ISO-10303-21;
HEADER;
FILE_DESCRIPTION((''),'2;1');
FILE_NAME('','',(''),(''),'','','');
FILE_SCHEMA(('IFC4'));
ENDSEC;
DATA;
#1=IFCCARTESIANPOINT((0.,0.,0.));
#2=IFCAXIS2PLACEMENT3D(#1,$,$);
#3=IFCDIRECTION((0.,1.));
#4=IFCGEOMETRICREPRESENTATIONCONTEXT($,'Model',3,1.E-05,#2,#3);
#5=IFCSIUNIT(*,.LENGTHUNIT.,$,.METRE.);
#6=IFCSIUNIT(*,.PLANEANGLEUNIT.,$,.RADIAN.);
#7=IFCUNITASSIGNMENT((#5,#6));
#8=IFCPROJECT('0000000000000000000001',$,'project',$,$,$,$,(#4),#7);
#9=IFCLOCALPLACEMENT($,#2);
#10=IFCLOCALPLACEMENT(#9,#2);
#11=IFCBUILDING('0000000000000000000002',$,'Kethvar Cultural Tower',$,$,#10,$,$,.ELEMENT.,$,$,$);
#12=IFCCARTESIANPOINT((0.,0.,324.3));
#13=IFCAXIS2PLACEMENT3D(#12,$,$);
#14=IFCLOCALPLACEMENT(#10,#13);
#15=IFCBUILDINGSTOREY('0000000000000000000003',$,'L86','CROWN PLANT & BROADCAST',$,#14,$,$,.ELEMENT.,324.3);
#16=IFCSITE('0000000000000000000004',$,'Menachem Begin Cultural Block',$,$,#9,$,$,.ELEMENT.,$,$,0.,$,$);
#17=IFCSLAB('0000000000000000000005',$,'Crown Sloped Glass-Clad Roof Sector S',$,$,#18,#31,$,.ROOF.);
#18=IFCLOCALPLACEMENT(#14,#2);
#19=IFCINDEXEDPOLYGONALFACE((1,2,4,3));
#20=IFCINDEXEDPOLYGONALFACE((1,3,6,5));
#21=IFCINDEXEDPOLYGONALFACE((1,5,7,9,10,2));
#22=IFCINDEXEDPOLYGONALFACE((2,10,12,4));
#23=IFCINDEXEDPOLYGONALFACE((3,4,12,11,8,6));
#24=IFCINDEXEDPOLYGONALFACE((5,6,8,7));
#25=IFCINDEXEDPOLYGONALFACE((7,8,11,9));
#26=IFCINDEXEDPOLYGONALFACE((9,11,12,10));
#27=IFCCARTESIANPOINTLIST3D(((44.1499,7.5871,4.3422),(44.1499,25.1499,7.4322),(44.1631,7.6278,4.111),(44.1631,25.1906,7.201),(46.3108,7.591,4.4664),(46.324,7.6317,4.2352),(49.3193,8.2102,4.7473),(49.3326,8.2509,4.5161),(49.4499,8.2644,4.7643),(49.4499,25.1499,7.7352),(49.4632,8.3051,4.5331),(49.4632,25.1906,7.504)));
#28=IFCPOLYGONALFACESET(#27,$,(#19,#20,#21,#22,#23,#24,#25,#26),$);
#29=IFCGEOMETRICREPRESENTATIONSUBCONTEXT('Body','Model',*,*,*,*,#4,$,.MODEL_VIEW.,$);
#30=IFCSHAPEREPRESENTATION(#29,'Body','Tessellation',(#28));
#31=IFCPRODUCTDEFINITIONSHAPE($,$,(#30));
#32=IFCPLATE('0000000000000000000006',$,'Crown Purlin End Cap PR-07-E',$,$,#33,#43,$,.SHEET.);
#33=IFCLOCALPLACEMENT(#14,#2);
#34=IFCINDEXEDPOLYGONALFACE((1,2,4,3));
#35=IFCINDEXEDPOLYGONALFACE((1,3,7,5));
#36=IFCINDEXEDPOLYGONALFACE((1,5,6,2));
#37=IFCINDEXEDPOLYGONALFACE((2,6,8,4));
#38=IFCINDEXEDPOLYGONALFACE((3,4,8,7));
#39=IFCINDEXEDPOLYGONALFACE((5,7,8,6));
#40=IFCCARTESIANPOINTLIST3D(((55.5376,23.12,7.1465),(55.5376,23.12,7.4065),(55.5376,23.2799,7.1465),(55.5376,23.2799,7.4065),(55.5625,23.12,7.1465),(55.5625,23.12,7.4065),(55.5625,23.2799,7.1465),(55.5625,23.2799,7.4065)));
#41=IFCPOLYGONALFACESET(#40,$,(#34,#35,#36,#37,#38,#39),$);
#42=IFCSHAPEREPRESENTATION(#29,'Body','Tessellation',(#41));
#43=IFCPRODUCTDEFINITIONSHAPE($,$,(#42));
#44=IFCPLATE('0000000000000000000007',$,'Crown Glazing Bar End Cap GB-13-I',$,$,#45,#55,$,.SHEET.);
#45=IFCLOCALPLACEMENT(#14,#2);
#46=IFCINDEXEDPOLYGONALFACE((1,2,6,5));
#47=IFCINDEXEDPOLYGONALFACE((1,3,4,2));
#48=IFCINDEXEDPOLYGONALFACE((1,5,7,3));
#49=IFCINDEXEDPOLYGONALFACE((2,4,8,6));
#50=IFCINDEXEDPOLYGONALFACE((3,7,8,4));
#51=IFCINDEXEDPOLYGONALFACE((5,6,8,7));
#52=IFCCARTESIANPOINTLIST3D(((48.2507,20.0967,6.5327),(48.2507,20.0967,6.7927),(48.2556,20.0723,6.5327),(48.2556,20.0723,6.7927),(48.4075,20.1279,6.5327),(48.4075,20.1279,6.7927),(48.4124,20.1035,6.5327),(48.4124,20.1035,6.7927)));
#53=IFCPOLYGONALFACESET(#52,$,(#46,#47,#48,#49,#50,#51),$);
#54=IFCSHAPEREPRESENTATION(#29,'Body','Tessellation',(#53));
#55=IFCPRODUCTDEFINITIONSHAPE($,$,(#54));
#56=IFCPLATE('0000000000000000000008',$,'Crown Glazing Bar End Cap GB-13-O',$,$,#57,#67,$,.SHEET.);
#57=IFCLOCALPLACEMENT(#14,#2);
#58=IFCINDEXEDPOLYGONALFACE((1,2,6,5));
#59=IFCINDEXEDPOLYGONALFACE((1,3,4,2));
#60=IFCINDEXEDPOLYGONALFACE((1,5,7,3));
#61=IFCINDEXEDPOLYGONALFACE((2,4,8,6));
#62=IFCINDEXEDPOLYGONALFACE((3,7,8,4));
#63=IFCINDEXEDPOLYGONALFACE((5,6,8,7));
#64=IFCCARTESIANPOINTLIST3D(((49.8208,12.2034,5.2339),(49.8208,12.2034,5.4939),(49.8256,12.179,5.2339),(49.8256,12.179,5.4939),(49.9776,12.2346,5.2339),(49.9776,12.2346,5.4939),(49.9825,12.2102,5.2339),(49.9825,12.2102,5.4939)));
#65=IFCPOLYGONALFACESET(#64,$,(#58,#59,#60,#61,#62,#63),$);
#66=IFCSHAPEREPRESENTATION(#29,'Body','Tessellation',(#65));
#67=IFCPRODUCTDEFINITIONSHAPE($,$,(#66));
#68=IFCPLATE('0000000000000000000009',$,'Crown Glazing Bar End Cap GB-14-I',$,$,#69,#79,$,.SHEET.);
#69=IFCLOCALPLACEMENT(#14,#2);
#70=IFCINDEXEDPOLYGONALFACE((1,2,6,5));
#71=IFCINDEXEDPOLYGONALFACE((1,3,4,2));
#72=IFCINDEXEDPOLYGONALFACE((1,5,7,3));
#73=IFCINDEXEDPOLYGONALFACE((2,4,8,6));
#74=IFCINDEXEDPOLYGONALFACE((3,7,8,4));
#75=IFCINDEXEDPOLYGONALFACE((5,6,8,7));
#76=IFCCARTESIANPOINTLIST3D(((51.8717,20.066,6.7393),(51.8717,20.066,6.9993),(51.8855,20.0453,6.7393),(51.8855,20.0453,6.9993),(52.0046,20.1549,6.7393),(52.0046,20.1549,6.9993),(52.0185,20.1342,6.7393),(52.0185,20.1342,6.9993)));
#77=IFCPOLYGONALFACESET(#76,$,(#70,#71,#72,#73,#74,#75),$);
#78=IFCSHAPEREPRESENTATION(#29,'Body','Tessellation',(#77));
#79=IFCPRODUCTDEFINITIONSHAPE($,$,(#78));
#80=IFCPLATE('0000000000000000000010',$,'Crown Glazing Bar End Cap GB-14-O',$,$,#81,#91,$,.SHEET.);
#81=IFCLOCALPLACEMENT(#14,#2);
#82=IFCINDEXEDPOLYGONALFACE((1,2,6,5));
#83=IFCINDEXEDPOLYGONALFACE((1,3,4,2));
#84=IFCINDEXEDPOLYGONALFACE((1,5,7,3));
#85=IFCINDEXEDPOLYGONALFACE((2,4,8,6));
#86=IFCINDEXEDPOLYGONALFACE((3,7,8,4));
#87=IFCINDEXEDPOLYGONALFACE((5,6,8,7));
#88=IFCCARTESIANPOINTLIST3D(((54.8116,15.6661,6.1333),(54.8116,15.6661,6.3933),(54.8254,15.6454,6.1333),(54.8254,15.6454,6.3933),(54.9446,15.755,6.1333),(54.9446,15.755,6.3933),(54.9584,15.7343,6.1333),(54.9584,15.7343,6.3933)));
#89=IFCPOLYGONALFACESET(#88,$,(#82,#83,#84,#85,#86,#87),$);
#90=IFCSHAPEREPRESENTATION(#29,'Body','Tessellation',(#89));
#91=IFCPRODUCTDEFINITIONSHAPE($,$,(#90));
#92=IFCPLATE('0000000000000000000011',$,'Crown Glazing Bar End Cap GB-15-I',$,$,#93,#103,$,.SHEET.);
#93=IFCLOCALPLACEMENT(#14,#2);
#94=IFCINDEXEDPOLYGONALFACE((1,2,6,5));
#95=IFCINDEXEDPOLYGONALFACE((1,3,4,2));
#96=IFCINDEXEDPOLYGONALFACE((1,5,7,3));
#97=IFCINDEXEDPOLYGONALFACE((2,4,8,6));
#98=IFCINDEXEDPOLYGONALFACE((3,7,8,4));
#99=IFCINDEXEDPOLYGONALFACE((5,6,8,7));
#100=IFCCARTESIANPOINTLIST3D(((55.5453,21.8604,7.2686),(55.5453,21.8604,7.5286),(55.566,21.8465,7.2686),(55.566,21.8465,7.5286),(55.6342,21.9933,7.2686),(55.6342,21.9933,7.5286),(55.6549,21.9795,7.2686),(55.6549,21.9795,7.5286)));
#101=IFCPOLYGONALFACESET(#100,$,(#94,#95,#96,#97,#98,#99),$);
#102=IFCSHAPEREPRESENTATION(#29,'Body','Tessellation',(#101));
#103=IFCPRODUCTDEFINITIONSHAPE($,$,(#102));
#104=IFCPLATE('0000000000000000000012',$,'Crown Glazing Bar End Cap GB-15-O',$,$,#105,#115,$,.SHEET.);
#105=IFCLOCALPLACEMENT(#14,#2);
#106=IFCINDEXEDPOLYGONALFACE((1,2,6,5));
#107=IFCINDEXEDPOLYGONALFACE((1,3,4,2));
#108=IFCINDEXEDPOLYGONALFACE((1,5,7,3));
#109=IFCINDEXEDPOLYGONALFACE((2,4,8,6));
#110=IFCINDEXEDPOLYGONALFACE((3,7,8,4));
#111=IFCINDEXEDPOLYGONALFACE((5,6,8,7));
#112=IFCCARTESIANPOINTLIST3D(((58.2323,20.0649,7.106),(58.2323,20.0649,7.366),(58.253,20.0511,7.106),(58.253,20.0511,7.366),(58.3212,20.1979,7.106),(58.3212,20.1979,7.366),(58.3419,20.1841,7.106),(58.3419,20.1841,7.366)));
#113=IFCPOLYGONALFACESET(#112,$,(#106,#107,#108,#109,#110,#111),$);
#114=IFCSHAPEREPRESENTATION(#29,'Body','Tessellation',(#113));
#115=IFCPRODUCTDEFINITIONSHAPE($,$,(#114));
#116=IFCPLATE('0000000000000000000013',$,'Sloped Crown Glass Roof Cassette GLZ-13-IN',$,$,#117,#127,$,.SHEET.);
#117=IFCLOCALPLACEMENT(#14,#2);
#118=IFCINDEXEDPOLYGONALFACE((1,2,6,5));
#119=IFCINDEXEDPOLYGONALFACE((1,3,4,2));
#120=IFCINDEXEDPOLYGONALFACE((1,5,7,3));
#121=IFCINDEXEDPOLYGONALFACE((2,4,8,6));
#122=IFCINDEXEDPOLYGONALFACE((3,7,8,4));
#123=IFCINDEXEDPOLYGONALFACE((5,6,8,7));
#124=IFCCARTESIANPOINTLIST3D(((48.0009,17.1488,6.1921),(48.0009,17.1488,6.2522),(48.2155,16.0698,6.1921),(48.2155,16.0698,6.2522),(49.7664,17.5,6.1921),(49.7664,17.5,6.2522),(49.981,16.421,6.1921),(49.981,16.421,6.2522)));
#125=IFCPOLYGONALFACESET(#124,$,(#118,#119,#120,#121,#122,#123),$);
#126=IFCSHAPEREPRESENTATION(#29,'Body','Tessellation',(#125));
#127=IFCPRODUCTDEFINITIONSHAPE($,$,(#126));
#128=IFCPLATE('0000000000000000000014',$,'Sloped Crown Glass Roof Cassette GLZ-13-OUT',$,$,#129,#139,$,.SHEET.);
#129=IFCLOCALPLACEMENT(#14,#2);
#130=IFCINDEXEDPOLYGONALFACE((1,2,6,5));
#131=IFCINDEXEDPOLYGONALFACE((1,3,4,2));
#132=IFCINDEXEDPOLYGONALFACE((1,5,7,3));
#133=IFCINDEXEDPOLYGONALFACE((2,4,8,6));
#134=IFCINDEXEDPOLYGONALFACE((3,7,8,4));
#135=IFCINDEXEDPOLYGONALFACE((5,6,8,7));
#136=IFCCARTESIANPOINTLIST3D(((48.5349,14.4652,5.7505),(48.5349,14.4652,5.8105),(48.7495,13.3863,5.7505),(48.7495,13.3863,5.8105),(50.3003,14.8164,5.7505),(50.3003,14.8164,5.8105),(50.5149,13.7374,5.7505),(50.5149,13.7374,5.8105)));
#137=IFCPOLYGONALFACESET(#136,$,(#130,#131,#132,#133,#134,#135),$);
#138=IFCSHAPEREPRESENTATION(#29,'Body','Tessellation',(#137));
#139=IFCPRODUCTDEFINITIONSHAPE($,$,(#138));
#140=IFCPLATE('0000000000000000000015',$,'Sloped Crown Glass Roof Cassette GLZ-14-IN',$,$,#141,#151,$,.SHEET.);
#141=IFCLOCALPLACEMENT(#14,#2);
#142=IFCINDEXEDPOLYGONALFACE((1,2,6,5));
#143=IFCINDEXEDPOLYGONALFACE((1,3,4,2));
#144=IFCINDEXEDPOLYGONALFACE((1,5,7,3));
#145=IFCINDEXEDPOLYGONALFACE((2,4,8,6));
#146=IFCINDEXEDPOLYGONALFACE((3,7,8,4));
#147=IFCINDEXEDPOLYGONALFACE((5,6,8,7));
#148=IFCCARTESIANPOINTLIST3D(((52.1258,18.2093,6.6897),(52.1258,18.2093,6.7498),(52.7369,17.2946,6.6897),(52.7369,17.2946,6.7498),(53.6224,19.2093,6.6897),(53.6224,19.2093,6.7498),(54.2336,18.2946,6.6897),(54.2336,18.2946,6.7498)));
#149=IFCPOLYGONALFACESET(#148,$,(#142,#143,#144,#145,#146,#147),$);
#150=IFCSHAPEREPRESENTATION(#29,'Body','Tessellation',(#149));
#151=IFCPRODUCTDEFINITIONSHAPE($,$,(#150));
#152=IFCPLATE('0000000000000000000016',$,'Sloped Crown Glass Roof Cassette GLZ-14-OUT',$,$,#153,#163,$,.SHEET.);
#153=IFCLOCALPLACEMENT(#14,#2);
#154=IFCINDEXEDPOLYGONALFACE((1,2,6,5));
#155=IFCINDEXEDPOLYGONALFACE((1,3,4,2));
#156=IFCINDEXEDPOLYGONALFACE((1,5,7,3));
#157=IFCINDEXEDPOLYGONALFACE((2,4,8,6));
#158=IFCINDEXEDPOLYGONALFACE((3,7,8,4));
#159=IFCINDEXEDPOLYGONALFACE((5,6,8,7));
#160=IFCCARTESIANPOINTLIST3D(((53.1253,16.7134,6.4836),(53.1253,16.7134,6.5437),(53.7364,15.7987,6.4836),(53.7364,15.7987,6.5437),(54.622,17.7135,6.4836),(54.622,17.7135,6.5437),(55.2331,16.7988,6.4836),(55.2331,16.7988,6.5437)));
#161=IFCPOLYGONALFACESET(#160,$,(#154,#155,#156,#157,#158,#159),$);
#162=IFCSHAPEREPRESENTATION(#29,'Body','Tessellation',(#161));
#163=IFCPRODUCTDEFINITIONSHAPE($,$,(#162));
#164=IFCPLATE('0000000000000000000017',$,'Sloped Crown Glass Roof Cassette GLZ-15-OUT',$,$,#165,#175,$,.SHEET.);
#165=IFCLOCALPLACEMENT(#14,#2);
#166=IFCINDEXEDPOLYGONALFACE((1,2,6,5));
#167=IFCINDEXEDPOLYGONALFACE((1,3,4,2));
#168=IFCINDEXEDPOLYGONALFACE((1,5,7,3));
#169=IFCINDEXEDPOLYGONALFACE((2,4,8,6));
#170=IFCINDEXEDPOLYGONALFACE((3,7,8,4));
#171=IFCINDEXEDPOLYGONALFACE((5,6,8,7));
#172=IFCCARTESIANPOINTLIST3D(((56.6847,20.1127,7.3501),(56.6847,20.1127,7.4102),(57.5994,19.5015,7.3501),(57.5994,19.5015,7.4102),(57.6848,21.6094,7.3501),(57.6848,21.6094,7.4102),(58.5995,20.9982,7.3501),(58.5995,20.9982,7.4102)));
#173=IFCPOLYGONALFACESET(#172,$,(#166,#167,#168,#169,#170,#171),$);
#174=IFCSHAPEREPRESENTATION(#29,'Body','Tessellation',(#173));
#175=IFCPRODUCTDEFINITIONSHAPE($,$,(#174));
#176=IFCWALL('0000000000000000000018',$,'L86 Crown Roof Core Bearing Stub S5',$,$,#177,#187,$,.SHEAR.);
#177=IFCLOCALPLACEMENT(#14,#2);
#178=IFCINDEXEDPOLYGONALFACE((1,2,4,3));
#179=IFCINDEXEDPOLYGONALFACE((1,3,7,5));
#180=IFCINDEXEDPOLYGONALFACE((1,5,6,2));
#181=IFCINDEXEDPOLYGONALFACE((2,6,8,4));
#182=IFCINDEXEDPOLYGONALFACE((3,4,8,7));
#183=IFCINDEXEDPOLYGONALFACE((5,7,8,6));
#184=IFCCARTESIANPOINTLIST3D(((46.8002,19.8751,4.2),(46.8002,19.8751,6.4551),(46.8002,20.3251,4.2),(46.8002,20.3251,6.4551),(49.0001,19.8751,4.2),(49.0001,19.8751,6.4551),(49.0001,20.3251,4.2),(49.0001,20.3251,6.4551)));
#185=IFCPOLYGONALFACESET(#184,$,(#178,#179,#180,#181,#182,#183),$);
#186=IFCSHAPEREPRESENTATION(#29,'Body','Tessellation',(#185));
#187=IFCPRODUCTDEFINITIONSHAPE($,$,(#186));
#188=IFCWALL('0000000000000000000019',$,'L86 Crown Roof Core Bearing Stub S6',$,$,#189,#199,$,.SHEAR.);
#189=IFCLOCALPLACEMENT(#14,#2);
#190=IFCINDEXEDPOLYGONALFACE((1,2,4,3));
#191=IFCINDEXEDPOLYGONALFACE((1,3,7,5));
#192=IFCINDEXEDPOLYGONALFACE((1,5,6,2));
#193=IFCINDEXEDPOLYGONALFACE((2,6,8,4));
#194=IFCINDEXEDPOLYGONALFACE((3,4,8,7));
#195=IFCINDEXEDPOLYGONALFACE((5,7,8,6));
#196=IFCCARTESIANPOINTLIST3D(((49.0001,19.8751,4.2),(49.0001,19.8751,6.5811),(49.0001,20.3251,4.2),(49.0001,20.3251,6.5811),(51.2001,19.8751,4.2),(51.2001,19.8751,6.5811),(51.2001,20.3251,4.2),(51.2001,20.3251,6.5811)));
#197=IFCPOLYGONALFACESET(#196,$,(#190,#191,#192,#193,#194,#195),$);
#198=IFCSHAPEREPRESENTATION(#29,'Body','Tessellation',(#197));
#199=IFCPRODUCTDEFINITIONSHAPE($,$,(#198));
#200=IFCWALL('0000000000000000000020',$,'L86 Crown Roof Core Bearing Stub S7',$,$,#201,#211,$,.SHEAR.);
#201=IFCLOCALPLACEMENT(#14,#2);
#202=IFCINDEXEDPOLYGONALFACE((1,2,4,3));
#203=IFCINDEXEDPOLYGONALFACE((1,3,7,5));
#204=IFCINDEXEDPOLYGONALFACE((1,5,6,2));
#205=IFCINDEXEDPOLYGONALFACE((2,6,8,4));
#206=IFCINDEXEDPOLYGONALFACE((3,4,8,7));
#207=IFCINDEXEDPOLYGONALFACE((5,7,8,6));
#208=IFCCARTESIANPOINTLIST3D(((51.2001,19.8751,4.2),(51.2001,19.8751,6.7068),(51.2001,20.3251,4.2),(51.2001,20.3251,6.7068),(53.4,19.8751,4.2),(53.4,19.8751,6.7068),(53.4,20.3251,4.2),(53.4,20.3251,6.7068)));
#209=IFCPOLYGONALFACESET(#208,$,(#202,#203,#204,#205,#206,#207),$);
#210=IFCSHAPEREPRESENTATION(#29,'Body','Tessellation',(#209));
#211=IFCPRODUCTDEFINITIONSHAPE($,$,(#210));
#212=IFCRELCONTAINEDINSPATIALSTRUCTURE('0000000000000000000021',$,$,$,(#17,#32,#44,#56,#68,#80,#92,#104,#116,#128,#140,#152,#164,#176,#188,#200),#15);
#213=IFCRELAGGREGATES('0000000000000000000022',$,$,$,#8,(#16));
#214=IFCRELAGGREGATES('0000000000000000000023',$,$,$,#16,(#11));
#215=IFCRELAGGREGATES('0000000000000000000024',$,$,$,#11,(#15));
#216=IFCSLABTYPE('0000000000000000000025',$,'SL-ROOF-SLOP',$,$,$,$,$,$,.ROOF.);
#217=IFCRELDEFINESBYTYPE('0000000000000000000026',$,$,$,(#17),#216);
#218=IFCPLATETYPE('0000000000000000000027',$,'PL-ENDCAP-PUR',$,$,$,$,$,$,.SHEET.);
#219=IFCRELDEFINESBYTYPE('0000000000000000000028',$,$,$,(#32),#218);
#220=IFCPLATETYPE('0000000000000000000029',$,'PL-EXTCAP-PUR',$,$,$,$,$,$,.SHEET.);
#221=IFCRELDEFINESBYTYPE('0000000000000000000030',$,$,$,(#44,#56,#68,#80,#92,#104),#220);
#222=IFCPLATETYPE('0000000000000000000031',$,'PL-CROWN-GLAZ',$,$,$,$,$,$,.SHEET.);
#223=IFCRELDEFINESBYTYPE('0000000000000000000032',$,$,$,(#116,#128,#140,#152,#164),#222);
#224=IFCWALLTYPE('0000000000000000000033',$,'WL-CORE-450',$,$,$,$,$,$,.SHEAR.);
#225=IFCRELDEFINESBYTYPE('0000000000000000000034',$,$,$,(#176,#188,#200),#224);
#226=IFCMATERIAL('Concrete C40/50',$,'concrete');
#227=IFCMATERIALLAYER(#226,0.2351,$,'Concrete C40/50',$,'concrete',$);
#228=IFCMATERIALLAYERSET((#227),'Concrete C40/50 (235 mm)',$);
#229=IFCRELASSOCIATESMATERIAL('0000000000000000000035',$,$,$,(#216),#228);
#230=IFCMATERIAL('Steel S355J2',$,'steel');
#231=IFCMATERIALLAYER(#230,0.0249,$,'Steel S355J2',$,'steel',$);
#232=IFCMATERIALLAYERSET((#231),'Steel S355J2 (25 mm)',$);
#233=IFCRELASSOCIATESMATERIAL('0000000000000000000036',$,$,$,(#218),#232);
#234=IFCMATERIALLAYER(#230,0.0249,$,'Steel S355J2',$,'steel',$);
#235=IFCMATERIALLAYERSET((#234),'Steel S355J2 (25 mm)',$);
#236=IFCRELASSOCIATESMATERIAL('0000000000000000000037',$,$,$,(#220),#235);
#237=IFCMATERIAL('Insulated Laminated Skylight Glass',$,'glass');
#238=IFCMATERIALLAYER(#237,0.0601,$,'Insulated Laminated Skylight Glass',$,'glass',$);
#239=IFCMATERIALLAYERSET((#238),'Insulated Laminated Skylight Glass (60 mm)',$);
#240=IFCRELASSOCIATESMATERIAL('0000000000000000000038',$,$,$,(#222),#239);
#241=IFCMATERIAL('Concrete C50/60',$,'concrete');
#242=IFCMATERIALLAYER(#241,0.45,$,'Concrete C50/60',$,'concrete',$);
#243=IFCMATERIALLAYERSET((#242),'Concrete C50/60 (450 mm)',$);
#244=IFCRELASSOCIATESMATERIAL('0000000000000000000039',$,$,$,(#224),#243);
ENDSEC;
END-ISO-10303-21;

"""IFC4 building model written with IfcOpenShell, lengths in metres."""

from ifc_helpers import new_model, si_unit, direction, frame, frame_2d, origin, origin_2d, place, context, subcontext, project, spatial, polyline, rectangle, outline, extrude, source, transform, mapped, material, layer, layer_set, type_object, element, save


model = new_model("IFC4")

# Units and contexts
model_context = context("Model", 3, precision=1e-05, world=origin(), true_north=direction((0.0, 1.0)))
body_context = subcontext(model_context, "Body", "Model", "MODEL_VIEW")
ifc_project = project(units=[si_unit("LENGTHUNIT", "METRE"), si_unit("PLANEANGLEUNIT", "RADIAN")], contexts=[model_context])

# Site, building, storey
site_placement = place(None, origin())
site = spatial("IfcSite", under=ifc_project, at=site_placement, Name="Menachem Begin Cultural Block", CompositionType="ELEMENT", RefElevation=0.0)
building_placement = place(site_placement, origin())
building = spatial("IfcBuilding", under=site, at=building_placement, Name="Kethvar Cultural Tower", CompositionType="ELEMENT")
storey_placement = place(building_placement, frame((0.0, 0.0, 324.3)))
storey = spatial("IfcBuildingStorey", under=building, at=storey_placement, Name="L86", Description="CROWN PLANT & BROADCAST", CompositionType="ELEMENT", Elevation=324.3)

# Shared definitions
ifc_material_1 = material(Name="Steel S355J2", Category="steel")

# Slab
ifc_material_2 = material(Name="Concrete C40/50", Category="concrete")
ifc_layer_1 = layer(ifc_material_2, 0.2351, Name="Concrete C40/50", Category="concrete")
ifc_layer_set_1 = layer_set([ifc_layer_1], Name="Concrete C40/50 (235 mm)")
slab_type = type_object("IfcSlabType", Name="SL-ROOF-SLOP", PredefinedType="ROOF", material=ifc_layer_set_1)
slab_placement = place(storey_placement, frame((49.3193, 8.2102, 4.7473), z_axis=(-0.056211, -0.173006, 0.983315), x_axis=(-0.975402, -0.200737, -0.091076)))
element("IfcSlab", 1, at=slab_placement, inside=storey, type_object=slab_type, Name="Crown Sloped Glass-Clad Roof Sector S", PredefinedType="ROOF", context=body_context, shape_type="SweptSolid", body=[
    extrude(outline(polyline([(0.0, 0.0), (3.0844, 0.0), (5.2043, -0.4372), (1.3973, -17.8587), (-3.7999, -16.7767), (-0.1398, -0.0271), (0.0, 0.0)])), origin(), (0.0, 0.0, -1.0), 0.2351),
])

# Plates
ifc_layer_2 = layer(ifc_material_1, 0.0249, Name="Steel S355J2", Category="steel")
ifc_layer_set_2 = layer_set([ifc_layer_2], Name="Steel S355J2 (25 mm)")
plate_type_1 = type_object("IfcPlateType", Name="PL-ENDCAP-PUR", PredefinedType="SHEET", material=ifc_layer_set_2)
shared_shape_1 = source(origin(), body_context, "Body", "SweptSolid", [
    extrude(rectangle(XDim=0.0249, YDim=0.1599, at=origin_2d()), origin(), (0.0, 0.0, 1.0), 0.26),
])
plate_placement = place(storey_placement, frame((55.55, 23.2, 7.1465), z_axis=(0.0, 0.0, 1.0), x_axis=(1.0, 0.0, 0.0)))
element("IfcPlate", 2, at=plate_placement, inside=storey, type_object=plate_type_1, Name="Crown Purlin End Cap PR-07-E", PredefinedType="SHEET", context=body_context, shape_type="MappedRepresentation", body=[
    mapped(shared_shape_1, transform((0.0, 0.0, 0.0), scale=1.0)),
])
ifc_layer_3 = layer(ifc_material_1, 0.0249, Name="Steel S355J2", Category="steel")
ifc_layer_set_3 = layer_set([ifc_layer_3], Name="Steel S355J2 (25 mm)")
plate_type_2 = type_object("IfcPlateType", Name="PL-EXTCAP-PUR", PredefinedType="SHEET", material=ifc_layer_set_3)
shared_shape_2 = source(origin(), body_context, "Body", "SweptSolid", [
    extrude(rectangle(XDim=0.0249, YDim=0.1599, at=origin_2d()), origin(), (0.0, 0.0, 1.0), 0.26),
])
for number, where, z_axis, x_axis, name in (
    (3, (48.3315, 20.1001, 6.5327), (0.0, 0.0, 1.0), (0.19509, -0.980785, 0.0), "Crown Glazing Bar End Cap GB-13-I"),
    (4, (49.9016, 12.2068, 5.2339), (0.0, 0.0, 1.0), (0.19509, -0.980785, 0.0), "Crown Glazing Bar End Cap GB-13-O"),
    (5, (51.9451, 20.1001, 6.7393), (0.0, 0.0, 1.0), (0.55557, -0.83147, 0.0), "Crown Glazing Bar End Cap GB-14-I"),
    (6, (54.885, 15.7002, 6.1333), (0.0, 0.0, 1.0), (0.55557, -0.83147, 0.0), "Crown Glazing Bar End Cap GB-14-O"),
    (7, (55.6001, 21.9199, 7.2686), (0.0, 0.0, 1.0), (0.83147, -0.55557, 0.0), "Crown Glazing Bar End Cap GB-15-I"),
    (8, (58.2871, 20.1245, 7.106), (0.0, 0.0, 1.0), (0.83147, -0.55557, 0.0), "Crown Glazing Bar End Cap GB-15-O"),
):
    element("IfcPlate", number, at=place(storey_placement, frame(where, z_axis=z_axis, x_axis=x_axis)), inside=storey, type_object=plate_type_2, Name=name, PredefinedType="SHEET", context=body_context, shape_type="MappedRepresentation", body=[
        mapped(shared_shape_2, transform((0.0, 0.0, 0.0), scale=1.0)),
    ])
ifc_material_3 = material(Name="Insulated Laminated Skylight Glass", Category="glass")
ifc_layer_4 = layer(ifc_material_3, 0.0601, Name="Insulated Laminated Skylight Glass", Category="glass")
ifc_layer_set_4 = layer_set([ifc_layer_4], Name="Insulated Laminated Skylight Glass (60 mm)")
plate_type_3 = type_object("IfcPlateType", Name="PL-CROWN-GLAZ", PredefinedType="SHEET", material=ifc_layer_set_4)
shared_shape_3 = source(origin(), body_context, "Body", "SweptSolid", [
    extrude(rectangle(XDim=1.1001, YDim=1.8, at=origin_2d()), origin(), (0.0, 0.0, 1.0), 0.0601),
])
for number, where, z_axis, x_axis, name in (
    (9, (48.991, 16.7849, 6.1921), (0.0, 0.0, 1.0), (0.19509, -0.980785, 0.0), "Sloped Crown Glass Roof Cassette GLZ-13-IN"),
    (10, (49.5249, 14.1013, 5.7505), (0.0, 0.0, 1.0), (0.19509, -0.980785, 0.0), "Sloped Crown Glass Roof Cassette GLZ-13-OUT"),
    (11, (53.1797, 18.252, 6.6897), (0.0, 0.0, 1.0), (0.55557, -0.83147, 0.0), "Sloped Crown Glass Roof Cassette GLZ-14-IN"),
    (12, (54.1792, 16.7561, 6.4836), (0.0, 0.0, 1.0), (0.55557, -0.83147, 0.0), "Sloped Crown Glass Roof Cassette GLZ-14-OUT"),
    (13, (57.6421, 20.5554, 7.3501), (0.0, 0.0, 1.0), (0.83147, -0.55557, 0.0), "Sloped Crown Glass Roof Cassette GLZ-15-OUT"),
):
    element("IfcPlate", number, at=place(storey_placement, frame(where, z_axis=z_axis, x_axis=x_axis)), inside=storey, type_object=plate_type_3, Name=name, PredefinedType="SHEET", context=body_context, shape_type="MappedRepresentation", body=[
        mapped(shared_shape_3, transform((0.0, 0.0, 0.0), scale=1.0)),
    ])

# Walls
ifc_material_4 = material(Name="Concrete C50/60", Category="concrete")
ifc_layer_5 = layer(ifc_material_4, 0.45, Name="Concrete C50/60", Category="concrete")
ifc_layer_set_5 = layer_set([ifc_layer_5], Name="Concrete C50/60 (450 mm)")
wall_type_1 = type_object("IfcWallType", Name="WL-CORE-450", PredefinedType="SHEAR", material=ifc_layer_set_5)
wall_1_placement = place(storey_placement, frame((46.8, 20.1001, 4.2), z_axis=(0.0, 0.0, 1.0), x_axis=(1.0, 0.0, 0.0)))
element("IfcWall", 14, at=wall_1_placement, inside=storey, type_object=wall_type_1, Name="L86 Crown Roof Core Bearing Stub S5", PredefinedType="SHEAR", context=body_context, shape_type="SweptSolid", body=[
    extrude(rectangle(XDim=2.2, YDim=0.45, at=frame_2d((1.1001, 0.0))), origin(), (0.0, 0.0, 1.0), 2.2551),
])
wall_2_placement = place(storey_placement, frame((49.0, 20.1001, 4.2), z_axis=(0.0, 0.0, 1.0), x_axis=(1.0, 0.0, 0.0)))
element("IfcWall", 15, at=wall_2_placement, inside=storey, type_object=wall_type_1, Name="L86 Crown Roof Core Bearing Stub S6", PredefinedType="SHEAR", context=body_context, shape_type="SweptSolid", body=[
    extrude(rectangle(XDim=2.2, YDim=0.45, at=frame_2d((1.1001, 0.0))), origin(), (0.0, 0.0, 1.0), 2.3811),
])
wall_3_placement = place(storey_placement, frame((51.2, 20.1001, 4.2), z_axis=(0.0, 0.0, 1.0), x_axis=(1.0, 0.0, 0.0)))
element("IfcWall", 16, at=wall_3_placement, inside=storey, type_object=wall_type_1, Name="L86 Crown Roof Core Bearing Stub S7", PredefinedType="SHEAR", context=body_context, shape_type="SweptSolid", body=[
    extrude(rectangle(XDim=2.2, YDim=0.45, at=frame_2d((1.1001, 0.0))), origin(), (0.0, 0.0, 1.0), 2.5068),
])

save(model, "model.ifc")
